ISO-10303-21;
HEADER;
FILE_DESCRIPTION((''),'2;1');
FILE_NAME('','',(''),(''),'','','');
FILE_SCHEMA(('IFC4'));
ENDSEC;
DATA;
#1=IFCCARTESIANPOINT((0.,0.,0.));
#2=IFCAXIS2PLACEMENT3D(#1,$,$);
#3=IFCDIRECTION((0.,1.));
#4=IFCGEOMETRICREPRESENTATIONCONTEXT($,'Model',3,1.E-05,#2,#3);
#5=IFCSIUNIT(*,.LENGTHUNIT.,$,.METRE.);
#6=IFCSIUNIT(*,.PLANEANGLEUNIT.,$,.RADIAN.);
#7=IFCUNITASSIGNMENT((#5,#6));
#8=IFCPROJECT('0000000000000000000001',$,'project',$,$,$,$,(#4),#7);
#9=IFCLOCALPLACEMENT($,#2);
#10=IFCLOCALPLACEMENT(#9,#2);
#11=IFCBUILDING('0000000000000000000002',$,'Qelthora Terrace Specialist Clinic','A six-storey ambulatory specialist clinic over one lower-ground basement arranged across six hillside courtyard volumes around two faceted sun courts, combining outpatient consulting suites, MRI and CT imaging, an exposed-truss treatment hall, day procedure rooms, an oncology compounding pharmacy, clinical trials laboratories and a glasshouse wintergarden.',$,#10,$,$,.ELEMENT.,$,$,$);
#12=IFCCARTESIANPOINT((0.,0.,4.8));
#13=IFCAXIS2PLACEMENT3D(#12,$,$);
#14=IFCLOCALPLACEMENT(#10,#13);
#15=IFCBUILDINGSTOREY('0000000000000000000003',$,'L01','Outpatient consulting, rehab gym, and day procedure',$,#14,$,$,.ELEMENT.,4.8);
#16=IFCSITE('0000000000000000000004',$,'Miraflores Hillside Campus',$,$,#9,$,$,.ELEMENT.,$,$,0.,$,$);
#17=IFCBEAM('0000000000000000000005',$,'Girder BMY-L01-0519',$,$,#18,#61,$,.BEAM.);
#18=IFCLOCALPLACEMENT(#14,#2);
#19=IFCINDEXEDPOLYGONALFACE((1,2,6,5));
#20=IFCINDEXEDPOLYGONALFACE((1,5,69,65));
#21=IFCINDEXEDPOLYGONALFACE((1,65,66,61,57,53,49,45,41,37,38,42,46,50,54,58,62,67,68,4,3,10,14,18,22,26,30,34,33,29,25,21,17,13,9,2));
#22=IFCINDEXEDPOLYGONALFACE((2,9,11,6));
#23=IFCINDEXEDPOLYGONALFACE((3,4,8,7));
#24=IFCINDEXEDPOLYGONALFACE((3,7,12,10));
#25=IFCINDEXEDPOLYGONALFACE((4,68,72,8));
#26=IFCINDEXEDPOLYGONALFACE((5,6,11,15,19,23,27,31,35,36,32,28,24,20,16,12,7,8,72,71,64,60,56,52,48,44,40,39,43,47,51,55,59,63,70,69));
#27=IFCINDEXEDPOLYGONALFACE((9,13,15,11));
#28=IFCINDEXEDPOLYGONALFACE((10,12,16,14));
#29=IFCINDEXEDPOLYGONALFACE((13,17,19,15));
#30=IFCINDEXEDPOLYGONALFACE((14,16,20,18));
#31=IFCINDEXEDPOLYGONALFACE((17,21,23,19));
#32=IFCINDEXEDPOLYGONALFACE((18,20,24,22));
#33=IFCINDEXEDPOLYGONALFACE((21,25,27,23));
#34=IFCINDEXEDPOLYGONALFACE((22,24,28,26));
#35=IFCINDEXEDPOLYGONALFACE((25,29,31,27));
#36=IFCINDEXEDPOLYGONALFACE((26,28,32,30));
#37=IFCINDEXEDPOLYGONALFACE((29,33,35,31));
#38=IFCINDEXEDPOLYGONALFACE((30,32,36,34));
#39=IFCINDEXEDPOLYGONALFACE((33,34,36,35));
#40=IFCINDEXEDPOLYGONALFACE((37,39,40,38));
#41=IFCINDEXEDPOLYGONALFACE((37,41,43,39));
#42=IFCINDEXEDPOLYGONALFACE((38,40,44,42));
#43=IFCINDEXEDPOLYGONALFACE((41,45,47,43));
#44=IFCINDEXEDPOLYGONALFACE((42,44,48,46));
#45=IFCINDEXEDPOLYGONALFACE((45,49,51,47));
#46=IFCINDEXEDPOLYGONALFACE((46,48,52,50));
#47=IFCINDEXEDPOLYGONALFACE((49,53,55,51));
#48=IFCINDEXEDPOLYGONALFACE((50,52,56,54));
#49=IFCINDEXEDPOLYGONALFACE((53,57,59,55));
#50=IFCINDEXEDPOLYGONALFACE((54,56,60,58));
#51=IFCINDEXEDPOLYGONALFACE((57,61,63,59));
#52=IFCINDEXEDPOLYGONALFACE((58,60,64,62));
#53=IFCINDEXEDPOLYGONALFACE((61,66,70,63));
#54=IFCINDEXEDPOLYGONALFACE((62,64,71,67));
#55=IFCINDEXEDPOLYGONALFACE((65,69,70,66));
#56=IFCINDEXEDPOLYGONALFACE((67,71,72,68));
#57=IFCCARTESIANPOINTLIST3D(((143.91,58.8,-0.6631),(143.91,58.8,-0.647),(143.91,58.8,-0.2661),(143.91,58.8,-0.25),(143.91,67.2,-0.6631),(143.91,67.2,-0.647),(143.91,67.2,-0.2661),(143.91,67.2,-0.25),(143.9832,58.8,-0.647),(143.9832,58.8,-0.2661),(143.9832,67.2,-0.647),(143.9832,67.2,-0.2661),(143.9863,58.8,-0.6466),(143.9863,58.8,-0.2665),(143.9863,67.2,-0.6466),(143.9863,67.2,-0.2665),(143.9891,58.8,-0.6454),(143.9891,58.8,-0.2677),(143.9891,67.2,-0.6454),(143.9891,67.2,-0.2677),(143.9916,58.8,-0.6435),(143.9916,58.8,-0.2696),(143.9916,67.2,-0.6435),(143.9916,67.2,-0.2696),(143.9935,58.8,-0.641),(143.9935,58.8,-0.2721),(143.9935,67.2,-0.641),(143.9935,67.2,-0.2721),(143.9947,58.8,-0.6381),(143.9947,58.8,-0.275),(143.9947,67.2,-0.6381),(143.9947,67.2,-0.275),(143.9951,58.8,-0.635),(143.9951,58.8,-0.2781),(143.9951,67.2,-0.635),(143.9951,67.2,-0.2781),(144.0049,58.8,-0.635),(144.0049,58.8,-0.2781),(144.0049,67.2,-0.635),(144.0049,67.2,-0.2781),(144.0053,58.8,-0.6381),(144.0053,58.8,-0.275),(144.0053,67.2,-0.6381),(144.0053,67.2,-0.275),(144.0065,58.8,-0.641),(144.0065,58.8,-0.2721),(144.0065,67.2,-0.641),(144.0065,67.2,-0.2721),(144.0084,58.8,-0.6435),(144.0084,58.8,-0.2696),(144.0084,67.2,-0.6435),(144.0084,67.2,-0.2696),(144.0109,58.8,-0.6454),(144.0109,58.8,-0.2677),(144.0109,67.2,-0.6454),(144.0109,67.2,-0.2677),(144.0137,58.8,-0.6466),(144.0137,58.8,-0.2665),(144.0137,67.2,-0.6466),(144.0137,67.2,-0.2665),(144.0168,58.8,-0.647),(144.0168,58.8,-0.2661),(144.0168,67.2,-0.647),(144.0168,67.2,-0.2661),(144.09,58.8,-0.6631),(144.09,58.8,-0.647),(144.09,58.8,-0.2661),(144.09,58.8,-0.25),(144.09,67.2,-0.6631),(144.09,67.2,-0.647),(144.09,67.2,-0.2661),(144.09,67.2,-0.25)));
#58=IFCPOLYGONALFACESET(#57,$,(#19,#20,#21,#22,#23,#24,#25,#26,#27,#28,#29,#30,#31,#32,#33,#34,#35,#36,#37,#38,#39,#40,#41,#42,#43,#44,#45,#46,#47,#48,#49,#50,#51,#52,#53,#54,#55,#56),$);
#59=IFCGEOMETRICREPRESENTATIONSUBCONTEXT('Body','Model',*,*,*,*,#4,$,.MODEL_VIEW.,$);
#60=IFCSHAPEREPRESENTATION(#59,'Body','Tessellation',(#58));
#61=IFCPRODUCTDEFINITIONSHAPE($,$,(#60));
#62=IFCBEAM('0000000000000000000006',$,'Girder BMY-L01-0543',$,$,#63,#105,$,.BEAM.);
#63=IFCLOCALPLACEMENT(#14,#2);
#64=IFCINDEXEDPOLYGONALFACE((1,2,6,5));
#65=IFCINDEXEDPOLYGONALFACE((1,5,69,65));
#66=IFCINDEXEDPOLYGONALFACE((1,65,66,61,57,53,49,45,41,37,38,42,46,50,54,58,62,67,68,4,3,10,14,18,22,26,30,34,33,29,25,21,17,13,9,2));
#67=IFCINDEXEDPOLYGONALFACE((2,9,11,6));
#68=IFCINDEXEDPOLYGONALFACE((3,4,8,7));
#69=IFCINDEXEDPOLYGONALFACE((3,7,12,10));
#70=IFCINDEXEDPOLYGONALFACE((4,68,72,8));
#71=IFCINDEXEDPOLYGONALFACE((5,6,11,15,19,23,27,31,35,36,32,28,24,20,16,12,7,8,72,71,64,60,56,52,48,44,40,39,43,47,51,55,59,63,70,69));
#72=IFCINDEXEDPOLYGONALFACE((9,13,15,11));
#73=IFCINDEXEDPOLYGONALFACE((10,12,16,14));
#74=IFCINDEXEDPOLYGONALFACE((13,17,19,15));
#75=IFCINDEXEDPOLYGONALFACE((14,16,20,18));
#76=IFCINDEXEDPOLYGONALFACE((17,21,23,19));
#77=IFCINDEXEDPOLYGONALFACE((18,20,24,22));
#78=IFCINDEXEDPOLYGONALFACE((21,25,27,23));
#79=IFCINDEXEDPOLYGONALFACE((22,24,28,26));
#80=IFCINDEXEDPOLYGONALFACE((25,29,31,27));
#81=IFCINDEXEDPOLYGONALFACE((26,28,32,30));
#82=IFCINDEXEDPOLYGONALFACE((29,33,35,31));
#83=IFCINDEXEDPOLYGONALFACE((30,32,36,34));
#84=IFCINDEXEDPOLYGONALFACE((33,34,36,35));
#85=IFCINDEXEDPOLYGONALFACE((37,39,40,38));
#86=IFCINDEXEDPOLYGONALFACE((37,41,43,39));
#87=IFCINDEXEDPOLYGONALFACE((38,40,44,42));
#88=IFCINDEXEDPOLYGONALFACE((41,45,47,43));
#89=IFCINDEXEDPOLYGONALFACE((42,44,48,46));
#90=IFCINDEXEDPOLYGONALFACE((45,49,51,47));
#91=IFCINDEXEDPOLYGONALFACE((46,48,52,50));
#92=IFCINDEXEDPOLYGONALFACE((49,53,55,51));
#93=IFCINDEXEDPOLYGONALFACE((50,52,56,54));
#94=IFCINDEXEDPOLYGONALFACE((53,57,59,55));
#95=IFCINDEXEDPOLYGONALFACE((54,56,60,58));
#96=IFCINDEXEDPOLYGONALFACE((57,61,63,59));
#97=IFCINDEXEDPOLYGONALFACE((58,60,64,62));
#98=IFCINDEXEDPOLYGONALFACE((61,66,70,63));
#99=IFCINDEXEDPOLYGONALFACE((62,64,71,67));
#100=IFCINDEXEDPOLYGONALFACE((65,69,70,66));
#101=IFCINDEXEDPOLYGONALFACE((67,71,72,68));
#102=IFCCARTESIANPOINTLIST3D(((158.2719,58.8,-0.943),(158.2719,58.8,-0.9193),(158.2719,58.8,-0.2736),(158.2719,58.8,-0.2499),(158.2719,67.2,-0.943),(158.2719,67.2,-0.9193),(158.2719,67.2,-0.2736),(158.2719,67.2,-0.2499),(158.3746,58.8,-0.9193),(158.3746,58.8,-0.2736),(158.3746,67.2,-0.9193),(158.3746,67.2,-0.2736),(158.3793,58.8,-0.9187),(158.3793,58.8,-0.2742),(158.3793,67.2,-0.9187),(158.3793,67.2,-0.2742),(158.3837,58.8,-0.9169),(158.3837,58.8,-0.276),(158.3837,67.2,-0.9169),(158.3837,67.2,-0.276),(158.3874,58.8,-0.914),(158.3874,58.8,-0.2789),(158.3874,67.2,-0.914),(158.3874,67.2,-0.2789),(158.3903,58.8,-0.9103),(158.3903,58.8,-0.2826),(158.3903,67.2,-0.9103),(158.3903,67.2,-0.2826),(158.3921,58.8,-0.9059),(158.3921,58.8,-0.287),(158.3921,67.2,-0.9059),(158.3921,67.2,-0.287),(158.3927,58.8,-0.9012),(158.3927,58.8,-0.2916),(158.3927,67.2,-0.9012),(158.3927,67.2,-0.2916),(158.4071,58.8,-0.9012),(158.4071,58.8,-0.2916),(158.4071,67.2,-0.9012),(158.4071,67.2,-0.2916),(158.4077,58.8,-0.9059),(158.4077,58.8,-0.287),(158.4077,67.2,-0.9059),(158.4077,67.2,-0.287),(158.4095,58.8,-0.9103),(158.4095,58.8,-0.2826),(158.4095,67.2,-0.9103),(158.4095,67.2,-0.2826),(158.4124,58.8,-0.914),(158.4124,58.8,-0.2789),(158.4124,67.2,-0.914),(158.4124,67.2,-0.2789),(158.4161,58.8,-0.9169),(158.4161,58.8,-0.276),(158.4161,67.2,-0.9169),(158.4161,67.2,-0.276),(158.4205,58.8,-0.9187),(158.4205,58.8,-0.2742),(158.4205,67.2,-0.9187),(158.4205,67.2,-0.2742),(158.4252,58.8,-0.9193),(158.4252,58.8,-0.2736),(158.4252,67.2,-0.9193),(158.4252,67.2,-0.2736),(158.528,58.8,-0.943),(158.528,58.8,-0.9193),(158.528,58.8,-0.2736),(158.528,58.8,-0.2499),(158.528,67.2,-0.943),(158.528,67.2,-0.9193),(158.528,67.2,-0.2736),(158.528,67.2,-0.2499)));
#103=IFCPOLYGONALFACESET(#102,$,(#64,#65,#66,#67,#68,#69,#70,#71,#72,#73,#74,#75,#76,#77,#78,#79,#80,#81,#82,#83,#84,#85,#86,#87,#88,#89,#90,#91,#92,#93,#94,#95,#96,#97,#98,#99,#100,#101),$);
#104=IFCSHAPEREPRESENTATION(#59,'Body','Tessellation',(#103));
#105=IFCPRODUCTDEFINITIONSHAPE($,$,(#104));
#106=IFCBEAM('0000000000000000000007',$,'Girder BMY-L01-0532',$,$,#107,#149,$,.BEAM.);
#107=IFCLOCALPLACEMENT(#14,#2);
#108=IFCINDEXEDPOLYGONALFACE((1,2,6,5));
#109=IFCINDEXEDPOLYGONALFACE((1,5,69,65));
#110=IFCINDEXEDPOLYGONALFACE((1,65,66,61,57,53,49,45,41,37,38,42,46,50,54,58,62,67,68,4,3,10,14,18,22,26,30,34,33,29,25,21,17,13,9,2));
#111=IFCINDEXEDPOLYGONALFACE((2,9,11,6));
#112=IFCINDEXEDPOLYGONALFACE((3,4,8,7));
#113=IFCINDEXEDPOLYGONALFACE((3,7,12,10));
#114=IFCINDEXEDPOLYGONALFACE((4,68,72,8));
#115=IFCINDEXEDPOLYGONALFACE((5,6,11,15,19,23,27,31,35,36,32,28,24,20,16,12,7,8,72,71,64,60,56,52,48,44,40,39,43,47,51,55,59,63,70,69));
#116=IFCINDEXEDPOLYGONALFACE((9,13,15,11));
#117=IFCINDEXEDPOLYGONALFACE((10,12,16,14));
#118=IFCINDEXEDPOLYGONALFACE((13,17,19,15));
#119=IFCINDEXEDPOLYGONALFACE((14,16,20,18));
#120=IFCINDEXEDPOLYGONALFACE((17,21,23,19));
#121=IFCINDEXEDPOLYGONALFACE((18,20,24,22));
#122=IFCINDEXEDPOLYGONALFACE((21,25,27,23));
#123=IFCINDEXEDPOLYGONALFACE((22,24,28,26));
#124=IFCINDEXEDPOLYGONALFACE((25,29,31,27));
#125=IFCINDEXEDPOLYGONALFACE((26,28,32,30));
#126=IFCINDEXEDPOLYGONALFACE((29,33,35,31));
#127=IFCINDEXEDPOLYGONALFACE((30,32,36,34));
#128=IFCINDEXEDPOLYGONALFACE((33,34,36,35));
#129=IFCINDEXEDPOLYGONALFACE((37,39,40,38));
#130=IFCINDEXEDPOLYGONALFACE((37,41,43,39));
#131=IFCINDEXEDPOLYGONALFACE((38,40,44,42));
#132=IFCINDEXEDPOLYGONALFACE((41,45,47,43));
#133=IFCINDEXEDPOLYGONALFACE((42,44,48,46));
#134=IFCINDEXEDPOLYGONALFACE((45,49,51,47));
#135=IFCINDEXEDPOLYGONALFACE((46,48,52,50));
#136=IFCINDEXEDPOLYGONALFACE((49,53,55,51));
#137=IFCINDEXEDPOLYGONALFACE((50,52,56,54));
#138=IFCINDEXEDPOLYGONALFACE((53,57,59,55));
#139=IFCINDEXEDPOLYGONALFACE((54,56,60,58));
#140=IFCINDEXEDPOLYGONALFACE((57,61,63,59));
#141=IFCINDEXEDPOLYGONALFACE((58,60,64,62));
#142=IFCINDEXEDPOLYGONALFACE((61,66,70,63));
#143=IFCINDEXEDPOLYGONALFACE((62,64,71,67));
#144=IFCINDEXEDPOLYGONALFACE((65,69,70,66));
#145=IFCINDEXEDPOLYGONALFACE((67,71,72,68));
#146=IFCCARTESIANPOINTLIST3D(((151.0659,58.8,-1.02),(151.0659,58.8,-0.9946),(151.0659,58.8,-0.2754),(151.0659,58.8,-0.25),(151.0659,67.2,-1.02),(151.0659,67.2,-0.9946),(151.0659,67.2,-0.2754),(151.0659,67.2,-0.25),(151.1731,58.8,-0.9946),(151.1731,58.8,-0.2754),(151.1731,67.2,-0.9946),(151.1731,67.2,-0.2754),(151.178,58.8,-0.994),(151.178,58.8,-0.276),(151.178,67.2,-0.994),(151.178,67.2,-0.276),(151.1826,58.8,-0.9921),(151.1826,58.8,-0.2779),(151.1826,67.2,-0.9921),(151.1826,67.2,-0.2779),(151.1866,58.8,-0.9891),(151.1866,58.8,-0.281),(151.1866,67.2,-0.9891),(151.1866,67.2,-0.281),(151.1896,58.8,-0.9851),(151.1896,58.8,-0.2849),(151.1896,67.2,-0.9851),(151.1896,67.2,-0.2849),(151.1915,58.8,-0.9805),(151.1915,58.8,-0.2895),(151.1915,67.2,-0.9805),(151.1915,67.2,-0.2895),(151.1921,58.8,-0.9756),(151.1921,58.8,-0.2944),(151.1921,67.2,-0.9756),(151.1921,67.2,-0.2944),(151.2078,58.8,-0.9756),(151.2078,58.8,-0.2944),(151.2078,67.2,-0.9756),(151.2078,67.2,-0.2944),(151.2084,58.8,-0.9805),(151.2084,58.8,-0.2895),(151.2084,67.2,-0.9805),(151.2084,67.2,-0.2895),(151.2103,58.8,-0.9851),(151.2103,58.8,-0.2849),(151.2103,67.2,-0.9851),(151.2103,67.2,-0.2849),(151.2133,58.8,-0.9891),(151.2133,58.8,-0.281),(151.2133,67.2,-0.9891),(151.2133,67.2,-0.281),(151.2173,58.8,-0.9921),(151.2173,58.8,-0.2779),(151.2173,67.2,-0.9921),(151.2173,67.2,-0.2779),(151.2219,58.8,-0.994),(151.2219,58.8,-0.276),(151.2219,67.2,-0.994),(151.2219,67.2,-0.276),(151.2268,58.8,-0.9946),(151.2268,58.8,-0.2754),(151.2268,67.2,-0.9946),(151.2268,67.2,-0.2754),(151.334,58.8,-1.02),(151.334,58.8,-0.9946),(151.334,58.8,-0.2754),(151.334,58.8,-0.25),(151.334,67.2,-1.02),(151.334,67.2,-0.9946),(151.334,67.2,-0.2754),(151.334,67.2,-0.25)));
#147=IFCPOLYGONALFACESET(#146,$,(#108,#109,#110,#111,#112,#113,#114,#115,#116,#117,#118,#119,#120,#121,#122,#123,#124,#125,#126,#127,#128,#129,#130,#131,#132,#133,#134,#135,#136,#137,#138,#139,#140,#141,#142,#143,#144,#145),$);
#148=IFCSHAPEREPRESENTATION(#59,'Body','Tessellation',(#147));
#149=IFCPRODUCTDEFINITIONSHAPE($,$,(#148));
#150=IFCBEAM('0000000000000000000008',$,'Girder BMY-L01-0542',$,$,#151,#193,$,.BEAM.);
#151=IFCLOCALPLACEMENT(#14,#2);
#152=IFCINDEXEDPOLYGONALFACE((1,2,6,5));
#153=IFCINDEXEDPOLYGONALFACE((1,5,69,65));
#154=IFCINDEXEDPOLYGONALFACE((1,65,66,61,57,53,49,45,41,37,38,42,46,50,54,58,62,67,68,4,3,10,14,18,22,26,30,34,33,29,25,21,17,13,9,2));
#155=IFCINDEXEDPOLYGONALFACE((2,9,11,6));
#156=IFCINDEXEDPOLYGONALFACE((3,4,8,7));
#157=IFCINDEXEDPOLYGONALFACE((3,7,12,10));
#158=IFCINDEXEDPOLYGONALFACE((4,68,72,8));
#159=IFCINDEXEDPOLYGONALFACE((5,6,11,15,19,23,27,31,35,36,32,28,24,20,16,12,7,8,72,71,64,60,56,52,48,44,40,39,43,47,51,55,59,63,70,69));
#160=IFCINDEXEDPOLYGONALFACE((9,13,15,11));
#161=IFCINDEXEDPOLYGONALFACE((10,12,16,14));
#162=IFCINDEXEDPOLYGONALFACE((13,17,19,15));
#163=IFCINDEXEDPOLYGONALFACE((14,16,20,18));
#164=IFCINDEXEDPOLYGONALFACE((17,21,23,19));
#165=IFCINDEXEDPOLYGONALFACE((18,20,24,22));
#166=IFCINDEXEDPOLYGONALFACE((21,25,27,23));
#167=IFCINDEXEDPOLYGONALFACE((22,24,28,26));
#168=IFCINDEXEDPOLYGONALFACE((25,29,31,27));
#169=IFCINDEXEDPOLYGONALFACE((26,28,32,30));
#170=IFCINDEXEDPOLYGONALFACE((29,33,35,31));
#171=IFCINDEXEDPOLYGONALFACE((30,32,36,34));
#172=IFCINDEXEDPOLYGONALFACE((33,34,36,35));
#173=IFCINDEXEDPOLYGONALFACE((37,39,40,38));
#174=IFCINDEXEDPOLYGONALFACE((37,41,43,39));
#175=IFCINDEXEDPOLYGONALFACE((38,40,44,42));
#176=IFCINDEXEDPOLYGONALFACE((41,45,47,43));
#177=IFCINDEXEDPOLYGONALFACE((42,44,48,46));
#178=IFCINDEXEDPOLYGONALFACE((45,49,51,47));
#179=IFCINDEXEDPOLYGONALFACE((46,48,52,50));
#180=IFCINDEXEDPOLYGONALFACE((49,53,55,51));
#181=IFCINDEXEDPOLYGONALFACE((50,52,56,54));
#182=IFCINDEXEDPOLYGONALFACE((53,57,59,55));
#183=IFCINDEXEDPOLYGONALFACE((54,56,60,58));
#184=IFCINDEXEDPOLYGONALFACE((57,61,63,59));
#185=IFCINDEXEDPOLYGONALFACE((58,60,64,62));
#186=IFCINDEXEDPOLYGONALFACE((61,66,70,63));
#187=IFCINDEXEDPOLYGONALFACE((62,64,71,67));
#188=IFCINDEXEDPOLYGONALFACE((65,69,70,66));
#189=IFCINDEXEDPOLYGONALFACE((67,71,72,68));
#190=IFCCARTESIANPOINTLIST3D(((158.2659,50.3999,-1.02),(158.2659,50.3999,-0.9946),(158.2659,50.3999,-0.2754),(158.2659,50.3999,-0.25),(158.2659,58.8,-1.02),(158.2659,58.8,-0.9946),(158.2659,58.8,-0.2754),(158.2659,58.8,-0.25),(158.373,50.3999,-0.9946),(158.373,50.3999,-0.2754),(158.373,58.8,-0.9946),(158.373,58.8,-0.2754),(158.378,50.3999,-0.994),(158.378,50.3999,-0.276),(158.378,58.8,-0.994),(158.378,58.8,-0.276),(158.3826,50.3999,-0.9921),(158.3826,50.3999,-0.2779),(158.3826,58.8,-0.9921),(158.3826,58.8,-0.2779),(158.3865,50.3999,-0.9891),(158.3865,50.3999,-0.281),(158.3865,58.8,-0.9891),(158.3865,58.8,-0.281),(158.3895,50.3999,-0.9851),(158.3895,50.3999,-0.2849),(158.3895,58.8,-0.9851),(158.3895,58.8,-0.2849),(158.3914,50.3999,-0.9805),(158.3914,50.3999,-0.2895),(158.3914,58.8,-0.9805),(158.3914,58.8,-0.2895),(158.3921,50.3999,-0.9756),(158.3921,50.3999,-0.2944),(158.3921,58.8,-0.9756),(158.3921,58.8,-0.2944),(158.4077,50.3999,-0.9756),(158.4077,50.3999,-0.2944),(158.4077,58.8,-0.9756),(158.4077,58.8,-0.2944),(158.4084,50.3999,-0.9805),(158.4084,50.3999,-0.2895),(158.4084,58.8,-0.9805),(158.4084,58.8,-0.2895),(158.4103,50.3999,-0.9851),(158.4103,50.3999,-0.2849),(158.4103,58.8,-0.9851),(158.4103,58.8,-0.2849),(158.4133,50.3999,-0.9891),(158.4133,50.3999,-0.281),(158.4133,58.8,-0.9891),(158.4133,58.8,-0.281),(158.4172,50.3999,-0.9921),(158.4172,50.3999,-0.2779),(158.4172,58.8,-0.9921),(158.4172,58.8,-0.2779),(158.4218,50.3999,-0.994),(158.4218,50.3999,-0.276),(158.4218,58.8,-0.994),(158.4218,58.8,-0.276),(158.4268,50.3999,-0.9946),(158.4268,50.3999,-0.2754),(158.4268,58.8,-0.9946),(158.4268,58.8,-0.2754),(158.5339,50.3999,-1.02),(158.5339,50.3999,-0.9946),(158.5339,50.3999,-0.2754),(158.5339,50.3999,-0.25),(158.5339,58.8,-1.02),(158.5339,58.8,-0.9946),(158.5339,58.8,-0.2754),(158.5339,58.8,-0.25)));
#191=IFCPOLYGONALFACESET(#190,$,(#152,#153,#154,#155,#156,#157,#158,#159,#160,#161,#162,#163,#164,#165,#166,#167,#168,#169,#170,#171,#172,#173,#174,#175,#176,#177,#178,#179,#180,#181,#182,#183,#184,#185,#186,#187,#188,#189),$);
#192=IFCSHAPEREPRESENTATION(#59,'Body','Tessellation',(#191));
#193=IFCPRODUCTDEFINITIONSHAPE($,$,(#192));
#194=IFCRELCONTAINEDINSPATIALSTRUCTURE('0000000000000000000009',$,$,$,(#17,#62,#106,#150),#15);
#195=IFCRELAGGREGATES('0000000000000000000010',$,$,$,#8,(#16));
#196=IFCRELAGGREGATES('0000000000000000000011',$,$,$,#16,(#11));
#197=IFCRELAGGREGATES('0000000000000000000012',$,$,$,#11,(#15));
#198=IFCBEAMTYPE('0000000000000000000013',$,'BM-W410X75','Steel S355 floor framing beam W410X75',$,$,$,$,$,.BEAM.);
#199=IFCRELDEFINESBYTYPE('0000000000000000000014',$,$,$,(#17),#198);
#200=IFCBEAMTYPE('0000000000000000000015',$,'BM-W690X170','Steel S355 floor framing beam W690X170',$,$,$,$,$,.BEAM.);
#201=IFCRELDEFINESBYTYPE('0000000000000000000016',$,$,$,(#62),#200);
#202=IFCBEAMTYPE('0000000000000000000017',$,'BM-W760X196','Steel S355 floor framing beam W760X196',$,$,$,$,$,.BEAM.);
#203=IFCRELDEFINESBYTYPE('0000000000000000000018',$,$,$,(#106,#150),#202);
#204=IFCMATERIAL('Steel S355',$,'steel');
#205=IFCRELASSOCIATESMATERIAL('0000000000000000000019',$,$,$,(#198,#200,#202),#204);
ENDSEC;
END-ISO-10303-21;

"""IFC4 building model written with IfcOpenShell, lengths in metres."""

from ifc_helpers import new_model, si_unit, direction, frame, origin, origin_2d, place, context, subcontext, project, spatial, i_section, extrude, material, material_profile, profile_set, type_object, element, save


model = new_model("IFC4")

# Units and contexts
model_context = context("Model", 3, precision=1e-05, world=origin(), true_north=direction((0.0, 1.0)))
body_context = subcontext(model_context, "Body", "Model", "MODEL_VIEW")
ifc_project = project(units=[si_unit("LENGTHUNIT", "METRE"), si_unit("PLANEANGLEUNIT", "RADIAN")], contexts=[model_context])

# Site, building, storey
site_placement = place(None, origin())
site = spatial("IfcSite", under=ifc_project, at=site_placement, Name="Miraflores Hillside Campus", CompositionType="ELEMENT", RefElevation=0.0)
building_placement = place(site_placement, origin())
building = spatial("IfcBuilding", under=site, at=building_placement, Name="Qelthora Terrace Specialist Clinic", Description="A six-storey ambulatory specialist clinic over one lower-ground basement arranged across six hillside courtyard volumes around two faceted sun courts, combining outpatient consulting suites, MRI and CT imaging, an exposed-truss treatment hall, day procedure rooms, an oncology compounding pharmacy, clinical trials laboratories and a glasshouse wintergarden.", CompositionType="ELEMENT")
storey_placement = place(building_placement, frame((0.0, 0.0, 4.8)))
storey = spatial("IfcBuildingStorey", under=building, at=storey_placement, Name="L01", Description="Outpatient consulting, rehab gym, and day procedure", CompositionType="ELEMENT", Elevation=4.8)

# Shared definitions
ifc_material_1 = material(Name="Steel S355", Category="steel")

# Beams
ifc_material_profile_1 = material_profile(ifc_material_1, i_section(OverallWidth=0.1799, OverallDepth=0.4131, WebThickness=0.0098, FlangeThickness=0.0161, FilletRadius=0.012, at=origin_2d()), Name="W410X75")
ifc_profile_set_1 = profile_set([ifc_material_profile_1], Name="Steel S355")
beam_type_1 = type_object("IfcBeamType", Name="BM-W410X75", Description="Steel S355 floor framing beam W410X75", PredefinedType="BEAM", material=ifc_profile_set_1)
beam_1_placement = place(storey_placement, frame((144.0, 58.8, -0.4565), z_axis=(0.0, 1.0, 0.0), x_axis=(-1.0, 0.0, 0.0)))
element("IfcBeam", 1, at=beam_1_placement, inside=storey, type_object=beam_type_1, Name="Girder BMY-L01-0519", PredefinedType="BEAM", context=body_context, shape_type="SweptSolid", body=[
    extrude(i_section(OverallWidth=0.1799, OverallDepth=0.4131, WebThickness=0.0098, FlangeThickness=0.0161, FilletRadius=0.012, at=origin_2d()), origin(), (0.0, 0.0, 1.0), 8.3999),
])
ifc_material_profile_2 = material_profile(ifc_material_1, i_section(OverallWidth=0.2561, OverallDepth=0.6931, WebThickness=0.0144, FlangeThickness=0.0237, FilletRadius=0.0181, at=origin_2d()), Name="W690X170")
ifc_profile_set_2 = profile_set([ifc_material_profile_2], Name="Steel S355")
beam_type_2 = type_object("IfcBeamType", Name="BM-W690X170", Description="Steel S355 floor framing beam W690X170", PredefinedType="BEAM", material=ifc_profile_set_2)
beam_2_placement = place(storey_placement, frame((158.3999, 58.8, -0.5964), z_axis=(0.0, 1.0, 0.0), x_axis=(-1.0, 0.0, 0.0)))
element("IfcBeam", 2, at=beam_2_placement, inside=storey, type_object=beam_type_2, Name="Girder BMY-L01-0543", PredefinedType="BEAM", context=body_context, shape_type="SweptSolid", body=[
    extrude(i_section(OverallWidth=0.2561, OverallDepth=0.6931, WebThickness=0.0144, FlangeThickness=0.0237, FilletRadius=0.0181, at=origin_2d()), origin(), (0.0, 0.0, 1.0), 8.3999),
])
ifc_material_profile_3 = material_profile(ifc_material_1, i_section(OverallWidth=0.2681, OverallDepth=0.77, WebThickness=0.0156, FlangeThickness=0.0254, FilletRadius=0.019, at=origin_2d()), Name="W760X196")
ifc_profile_set_3 = profile_set([ifc_material_profile_3], Name="Steel S355")
beam_type_3 = type_object("IfcBeamType", Name="BM-W760X196", Description="Steel S355 floor framing beam W760X196", PredefinedType="BEAM", material=ifc_profile_set_3)
beam_3_placement = place(storey_placement, frame((151.2, 58.8, -0.635), z_axis=(0.0, 1.0, 0.0), x_axis=(-1.0, 0.0, 0.0)))
element("IfcBeam", 3, at=beam_3_placement, inside=storey, type_object=beam_type_3, Name="Girder BMY-L01-0532", PredefinedType="BEAM", context=body_context, shape_type="SweptSolid", body=[
    extrude(i_section(OverallWidth=0.2681, OverallDepth=0.77, WebThickness=0.0156, FlangeThickness=0.0254, FilletRadius=0.019, at=origin_2d()), origin(), (0.0, 0.0, 1.0), 8.3999),
])
beam_4_placement = place(storey_placement, frame((158.3999, 50.3999, -0.635), z_axis=(0.0, 1.0, 0.0), x_axis=(-1.0, 0.0, 0.0)))
element("IfcBeam", 4, at=beam_4_placement, inside=storey, type_object=beam_type_3, Name="Girder BMY-L01-0542", PredefinedType="BEAM", context=body_context, shape_type="SweptSolid", body=[
    extrude(i_section(OverallWidth=0.2681, OverallDepth=0.77, WebThickness=0.0156, FlangeThickness=0.0254, FilletRadius=0.019, at=origin_2d()), origin(), (0.0, 0.0, 1.0), 8.4001),
])

save(model, "model.ifc")
